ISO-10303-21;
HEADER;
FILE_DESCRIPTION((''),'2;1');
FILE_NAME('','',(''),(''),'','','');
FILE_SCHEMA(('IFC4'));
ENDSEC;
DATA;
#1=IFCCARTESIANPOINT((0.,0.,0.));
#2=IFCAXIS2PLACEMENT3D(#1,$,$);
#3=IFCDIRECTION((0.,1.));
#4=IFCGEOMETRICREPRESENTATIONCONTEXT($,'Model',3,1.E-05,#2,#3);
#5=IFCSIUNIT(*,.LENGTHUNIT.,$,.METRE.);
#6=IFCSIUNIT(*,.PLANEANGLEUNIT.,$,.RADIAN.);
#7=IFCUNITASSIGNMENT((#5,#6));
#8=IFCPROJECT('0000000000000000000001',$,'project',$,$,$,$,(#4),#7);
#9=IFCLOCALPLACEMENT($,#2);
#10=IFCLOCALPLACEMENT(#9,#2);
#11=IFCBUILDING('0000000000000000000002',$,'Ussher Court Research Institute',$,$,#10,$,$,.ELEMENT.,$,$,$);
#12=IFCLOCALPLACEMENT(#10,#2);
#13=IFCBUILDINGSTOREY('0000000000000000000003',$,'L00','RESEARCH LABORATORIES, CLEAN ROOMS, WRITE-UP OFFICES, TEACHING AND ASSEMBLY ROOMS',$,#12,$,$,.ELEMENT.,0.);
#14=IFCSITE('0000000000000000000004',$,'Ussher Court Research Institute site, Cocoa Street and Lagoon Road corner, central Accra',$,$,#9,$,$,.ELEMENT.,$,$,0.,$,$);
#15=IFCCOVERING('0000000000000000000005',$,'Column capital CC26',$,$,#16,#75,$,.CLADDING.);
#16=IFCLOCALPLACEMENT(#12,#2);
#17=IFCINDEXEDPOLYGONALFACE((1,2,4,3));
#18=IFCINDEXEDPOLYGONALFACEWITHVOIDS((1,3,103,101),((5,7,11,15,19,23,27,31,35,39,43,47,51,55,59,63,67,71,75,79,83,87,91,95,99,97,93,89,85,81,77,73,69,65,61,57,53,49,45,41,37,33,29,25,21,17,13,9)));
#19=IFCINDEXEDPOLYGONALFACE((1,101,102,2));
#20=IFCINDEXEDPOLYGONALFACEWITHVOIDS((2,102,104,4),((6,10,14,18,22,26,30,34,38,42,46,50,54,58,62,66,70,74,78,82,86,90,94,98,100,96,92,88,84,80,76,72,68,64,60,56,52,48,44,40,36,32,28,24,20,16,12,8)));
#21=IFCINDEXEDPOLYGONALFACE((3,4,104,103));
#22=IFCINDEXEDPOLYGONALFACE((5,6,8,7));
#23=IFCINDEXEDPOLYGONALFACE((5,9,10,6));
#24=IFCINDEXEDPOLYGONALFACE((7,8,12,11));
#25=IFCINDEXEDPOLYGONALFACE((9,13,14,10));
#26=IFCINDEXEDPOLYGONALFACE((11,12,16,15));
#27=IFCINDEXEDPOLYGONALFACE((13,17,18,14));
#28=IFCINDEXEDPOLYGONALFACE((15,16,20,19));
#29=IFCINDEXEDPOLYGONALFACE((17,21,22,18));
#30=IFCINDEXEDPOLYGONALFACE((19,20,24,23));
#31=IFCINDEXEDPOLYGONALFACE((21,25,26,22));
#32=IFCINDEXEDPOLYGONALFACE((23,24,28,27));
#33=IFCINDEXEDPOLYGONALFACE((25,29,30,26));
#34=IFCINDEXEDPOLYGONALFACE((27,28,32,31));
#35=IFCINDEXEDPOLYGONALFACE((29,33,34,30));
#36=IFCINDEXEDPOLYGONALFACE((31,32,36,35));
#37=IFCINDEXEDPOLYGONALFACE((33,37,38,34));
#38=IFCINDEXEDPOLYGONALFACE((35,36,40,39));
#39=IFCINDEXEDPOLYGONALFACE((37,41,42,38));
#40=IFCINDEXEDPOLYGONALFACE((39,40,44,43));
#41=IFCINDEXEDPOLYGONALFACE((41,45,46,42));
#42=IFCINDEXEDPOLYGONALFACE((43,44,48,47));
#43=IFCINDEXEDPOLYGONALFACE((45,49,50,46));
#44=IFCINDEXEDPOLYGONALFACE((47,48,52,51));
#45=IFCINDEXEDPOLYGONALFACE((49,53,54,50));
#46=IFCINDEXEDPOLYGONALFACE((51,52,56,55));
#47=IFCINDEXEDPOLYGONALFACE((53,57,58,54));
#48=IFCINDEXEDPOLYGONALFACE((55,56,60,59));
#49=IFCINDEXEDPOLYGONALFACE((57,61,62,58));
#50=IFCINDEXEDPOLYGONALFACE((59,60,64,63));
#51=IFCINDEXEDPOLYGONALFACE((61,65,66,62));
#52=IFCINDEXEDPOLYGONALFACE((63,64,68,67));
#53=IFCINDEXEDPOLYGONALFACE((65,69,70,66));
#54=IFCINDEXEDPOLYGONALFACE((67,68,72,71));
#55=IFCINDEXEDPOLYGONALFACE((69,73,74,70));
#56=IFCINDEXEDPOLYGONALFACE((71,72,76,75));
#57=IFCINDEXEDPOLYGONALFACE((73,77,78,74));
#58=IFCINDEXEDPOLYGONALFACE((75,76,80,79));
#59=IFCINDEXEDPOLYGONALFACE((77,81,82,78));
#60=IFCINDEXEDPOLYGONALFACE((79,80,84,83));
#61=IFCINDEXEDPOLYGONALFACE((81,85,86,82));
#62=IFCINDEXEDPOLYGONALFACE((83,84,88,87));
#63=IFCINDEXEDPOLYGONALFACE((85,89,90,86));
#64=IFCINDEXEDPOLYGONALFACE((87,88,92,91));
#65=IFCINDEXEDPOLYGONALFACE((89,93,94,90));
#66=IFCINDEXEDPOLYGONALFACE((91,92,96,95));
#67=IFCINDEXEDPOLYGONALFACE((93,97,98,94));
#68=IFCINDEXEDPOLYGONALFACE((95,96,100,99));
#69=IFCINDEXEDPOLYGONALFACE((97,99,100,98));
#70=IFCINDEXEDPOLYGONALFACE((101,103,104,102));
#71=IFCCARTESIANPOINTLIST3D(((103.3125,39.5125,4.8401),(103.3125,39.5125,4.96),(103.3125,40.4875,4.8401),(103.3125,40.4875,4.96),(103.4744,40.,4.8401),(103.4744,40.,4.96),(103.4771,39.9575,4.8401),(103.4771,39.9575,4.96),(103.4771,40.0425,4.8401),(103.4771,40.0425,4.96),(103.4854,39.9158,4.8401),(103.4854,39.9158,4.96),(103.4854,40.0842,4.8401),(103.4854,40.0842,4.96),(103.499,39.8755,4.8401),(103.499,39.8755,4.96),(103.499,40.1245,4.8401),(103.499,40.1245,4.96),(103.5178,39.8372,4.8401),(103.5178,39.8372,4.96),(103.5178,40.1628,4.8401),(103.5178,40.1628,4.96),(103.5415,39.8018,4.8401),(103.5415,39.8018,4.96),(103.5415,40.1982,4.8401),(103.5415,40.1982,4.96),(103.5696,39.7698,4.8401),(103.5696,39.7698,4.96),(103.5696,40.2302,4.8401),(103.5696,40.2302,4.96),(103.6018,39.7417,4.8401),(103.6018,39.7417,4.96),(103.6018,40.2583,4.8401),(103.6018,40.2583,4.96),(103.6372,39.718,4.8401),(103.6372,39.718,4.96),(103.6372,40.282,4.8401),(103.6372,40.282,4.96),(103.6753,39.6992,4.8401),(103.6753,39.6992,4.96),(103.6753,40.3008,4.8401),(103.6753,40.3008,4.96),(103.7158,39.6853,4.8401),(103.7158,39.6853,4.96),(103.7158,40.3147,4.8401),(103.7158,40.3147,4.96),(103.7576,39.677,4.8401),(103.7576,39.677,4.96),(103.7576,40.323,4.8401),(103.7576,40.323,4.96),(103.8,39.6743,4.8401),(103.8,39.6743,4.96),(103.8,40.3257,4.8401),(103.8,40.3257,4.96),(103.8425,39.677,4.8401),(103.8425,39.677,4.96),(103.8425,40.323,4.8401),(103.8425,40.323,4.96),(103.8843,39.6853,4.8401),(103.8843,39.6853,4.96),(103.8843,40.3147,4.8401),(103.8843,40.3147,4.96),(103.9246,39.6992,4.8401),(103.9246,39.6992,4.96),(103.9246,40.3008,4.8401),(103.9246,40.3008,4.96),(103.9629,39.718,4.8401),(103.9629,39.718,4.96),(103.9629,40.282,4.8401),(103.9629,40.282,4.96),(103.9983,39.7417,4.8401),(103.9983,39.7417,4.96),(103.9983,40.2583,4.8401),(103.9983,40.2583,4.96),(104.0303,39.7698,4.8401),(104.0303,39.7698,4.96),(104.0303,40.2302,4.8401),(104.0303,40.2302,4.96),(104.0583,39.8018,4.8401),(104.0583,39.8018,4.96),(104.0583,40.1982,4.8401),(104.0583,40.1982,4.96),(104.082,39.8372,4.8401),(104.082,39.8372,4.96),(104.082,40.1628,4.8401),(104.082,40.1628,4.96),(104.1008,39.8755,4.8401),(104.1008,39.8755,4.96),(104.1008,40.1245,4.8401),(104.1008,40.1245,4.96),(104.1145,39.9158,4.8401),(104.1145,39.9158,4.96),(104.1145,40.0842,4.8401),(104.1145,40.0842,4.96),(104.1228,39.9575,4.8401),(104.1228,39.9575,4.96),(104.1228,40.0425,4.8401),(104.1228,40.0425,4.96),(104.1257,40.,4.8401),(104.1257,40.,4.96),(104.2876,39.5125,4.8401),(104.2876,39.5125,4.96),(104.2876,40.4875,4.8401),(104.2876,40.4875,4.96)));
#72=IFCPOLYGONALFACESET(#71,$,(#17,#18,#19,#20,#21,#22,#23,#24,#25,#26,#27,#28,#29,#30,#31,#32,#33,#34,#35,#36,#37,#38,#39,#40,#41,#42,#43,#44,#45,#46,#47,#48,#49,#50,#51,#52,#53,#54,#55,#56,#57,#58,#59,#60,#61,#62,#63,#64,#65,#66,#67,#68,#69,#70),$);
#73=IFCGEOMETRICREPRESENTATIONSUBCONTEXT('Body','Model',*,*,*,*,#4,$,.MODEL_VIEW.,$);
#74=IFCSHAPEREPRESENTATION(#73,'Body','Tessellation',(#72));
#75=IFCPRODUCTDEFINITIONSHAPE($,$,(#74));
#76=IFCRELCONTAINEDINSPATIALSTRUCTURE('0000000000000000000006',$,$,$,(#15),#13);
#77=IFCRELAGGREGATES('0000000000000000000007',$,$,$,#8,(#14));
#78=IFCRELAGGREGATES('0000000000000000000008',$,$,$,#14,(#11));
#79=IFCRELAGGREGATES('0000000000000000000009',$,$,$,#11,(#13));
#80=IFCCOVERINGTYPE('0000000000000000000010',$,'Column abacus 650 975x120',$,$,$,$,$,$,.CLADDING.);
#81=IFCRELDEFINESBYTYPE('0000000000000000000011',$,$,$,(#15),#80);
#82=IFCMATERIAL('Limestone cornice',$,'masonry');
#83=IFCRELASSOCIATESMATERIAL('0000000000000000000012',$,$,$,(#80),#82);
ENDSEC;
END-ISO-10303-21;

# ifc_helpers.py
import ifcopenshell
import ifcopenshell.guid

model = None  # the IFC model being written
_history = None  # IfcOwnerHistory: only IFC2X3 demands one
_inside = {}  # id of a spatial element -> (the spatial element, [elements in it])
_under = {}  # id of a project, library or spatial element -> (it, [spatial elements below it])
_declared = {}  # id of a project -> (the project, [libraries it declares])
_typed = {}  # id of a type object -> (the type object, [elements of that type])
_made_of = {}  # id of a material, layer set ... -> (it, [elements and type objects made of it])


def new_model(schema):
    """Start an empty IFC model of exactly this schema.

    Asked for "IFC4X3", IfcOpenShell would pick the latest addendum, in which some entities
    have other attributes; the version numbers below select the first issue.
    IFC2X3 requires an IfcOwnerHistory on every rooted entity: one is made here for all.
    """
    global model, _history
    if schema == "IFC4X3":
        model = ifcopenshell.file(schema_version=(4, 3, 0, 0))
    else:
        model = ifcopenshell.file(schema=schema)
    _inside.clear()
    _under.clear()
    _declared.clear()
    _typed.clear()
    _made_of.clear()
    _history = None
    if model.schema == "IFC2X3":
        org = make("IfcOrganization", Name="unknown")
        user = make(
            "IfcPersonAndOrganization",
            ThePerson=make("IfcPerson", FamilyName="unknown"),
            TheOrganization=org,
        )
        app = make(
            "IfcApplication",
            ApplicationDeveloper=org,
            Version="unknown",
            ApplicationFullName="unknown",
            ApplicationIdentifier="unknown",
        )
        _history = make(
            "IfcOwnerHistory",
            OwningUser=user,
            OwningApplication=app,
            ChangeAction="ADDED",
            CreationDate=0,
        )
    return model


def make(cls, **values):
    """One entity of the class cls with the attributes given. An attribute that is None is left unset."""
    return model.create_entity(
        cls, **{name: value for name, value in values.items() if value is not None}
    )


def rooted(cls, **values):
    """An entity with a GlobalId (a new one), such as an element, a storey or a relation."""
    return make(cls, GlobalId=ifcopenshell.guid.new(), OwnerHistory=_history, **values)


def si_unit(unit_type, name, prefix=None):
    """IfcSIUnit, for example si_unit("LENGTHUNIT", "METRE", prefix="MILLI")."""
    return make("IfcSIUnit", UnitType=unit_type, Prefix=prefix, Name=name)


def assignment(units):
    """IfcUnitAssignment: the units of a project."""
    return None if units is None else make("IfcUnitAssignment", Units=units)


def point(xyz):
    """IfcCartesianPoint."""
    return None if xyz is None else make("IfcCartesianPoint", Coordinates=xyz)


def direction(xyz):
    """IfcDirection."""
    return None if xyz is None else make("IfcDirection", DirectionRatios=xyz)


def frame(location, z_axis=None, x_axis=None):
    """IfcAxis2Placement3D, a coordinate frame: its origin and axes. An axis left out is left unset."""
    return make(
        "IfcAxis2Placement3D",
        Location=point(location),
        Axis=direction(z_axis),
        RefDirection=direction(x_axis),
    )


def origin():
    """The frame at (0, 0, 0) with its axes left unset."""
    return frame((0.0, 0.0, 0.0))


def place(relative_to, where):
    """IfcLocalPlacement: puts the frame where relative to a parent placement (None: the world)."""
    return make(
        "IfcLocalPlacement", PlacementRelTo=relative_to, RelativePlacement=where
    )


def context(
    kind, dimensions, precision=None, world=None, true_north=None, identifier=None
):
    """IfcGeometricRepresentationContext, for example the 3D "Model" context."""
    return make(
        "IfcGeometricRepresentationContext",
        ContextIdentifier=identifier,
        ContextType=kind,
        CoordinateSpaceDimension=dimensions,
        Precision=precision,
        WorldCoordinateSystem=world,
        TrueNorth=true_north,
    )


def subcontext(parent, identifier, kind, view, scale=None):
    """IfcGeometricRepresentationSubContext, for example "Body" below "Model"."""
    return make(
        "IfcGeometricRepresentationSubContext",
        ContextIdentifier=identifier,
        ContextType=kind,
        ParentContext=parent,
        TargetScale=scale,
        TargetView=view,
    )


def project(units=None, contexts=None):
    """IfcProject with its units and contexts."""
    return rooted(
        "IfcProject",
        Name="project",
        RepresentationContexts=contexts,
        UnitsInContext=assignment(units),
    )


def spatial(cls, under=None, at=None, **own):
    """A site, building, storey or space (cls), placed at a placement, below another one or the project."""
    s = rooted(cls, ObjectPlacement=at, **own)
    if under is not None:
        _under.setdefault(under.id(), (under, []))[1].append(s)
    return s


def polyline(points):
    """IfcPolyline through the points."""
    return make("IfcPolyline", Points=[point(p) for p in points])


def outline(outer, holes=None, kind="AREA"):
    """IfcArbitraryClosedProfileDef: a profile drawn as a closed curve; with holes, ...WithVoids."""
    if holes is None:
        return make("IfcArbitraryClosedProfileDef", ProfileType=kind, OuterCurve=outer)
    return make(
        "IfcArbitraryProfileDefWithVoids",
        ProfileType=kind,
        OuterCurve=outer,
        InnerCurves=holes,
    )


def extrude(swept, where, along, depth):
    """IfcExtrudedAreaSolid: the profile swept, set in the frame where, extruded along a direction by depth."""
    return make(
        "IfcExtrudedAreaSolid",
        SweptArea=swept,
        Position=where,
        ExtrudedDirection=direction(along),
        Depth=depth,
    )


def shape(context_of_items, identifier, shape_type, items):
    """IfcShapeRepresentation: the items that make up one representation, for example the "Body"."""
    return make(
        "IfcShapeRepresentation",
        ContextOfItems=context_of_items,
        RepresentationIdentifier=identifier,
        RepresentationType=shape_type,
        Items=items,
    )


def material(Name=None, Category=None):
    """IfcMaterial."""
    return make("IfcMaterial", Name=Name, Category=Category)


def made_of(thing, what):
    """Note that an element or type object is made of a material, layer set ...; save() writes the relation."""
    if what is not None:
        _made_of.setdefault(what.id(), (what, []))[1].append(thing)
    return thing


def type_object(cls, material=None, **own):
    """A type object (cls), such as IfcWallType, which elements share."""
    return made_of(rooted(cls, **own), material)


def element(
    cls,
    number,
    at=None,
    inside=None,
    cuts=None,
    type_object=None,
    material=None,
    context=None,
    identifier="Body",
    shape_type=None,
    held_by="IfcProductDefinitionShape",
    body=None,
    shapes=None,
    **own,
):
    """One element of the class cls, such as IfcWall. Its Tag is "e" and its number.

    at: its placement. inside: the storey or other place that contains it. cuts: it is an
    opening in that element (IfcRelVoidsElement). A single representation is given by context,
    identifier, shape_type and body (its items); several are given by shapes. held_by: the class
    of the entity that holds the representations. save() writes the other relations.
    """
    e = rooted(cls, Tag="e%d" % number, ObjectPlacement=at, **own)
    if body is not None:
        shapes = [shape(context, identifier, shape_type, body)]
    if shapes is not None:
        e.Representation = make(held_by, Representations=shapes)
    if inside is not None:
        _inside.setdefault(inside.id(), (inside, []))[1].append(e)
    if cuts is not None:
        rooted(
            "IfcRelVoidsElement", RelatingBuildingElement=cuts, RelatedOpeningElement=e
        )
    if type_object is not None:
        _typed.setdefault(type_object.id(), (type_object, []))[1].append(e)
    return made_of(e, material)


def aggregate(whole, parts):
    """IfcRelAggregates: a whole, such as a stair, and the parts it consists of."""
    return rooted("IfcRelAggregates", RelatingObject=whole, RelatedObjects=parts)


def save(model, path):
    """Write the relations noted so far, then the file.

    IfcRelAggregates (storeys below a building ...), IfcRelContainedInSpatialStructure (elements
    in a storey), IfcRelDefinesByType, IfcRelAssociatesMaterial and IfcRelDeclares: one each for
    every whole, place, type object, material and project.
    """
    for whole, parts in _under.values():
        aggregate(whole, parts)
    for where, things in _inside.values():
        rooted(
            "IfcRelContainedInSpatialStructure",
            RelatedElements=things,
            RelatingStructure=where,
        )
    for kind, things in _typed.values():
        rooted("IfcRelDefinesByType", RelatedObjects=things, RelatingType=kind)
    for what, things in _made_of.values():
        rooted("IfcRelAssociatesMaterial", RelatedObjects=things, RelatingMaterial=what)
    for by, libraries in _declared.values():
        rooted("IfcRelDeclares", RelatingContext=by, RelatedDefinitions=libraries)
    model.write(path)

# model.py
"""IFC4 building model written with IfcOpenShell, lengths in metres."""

from ifc_helpers import new_model, si_unit, direction, frame, origin, place, context, subcontext, project, spatial, polyline, outline, extrude, material, type_object, element, save


model = new_model("IFC4")

# Units and contexts
model_context = context("Model", 3, precision=1e-05, world=origin(), true_north=direction((0.0, 1.0)))
body_context = subcontext(model_context, "Body", "Model", "MODEL_VIEW")
ifc_project = project(units=[si_unit("LENGTHUNIT", "METRE"), si_unit("PLANEANGLEUNIT", "RADIAN")], contexts=[model_context])

# Site, building, storey
site_placement = place(None, origin())
site = spatial("IfcSite", under=ifc_project, at=site_placement, Name="Ussher Court Research Institute site, Cocoa Street and Lagoon Road corner, central Accra", CompositionType="ELEMENT", RefElevation=0.0)
building_placement = place(site_placement, origin())
building = spatial("IfcBuilding", under=site, at=building_placement, Name="Ussher Court Research Institute", CompositionType="ELEMENT")
storey_placement = place(building_placement, origin())
storey = spatial("IfcBuildingStorey", under=building, at=storey_placement, Name="L00", Description="RESEARCH LABORATORIES, CLEAN ROOMS, WRITE-UP OFFICES, TEACHING AND ASSEMBLY ROOMS", CompositionType="ELEMENT", Elevation=0.0)

# Covering
ifc_material_1 = material(Name="Limestone cornice", Category="masonry")
covering_type_1 = type_object("IfcCoveringType", Name="Column abacus 650 975x120", PredefinedType="CLADDING", material=ifc_material_1)
covering_1_placement = place(storey_placement, frame((0.0, 0.0, 4.8401)))
element("IfcCovering", 1, at=covering_1_placement, inside=storey, type_object=covering_type_1, Name="Column capital CC26", PredefinedType="CLADDING", context=body_context, shape_type="SweptSolid", body=[
    extrude(outline(polyline([(104.2876, 39.5125), (104.2876, 40.4875), (103.3125, 40.4875), (103.3125, 39.5125), (104.2876, 39.5125)]), holes=[polyline([(104.1257, 40.0), (104.1228, 40.0425), (104.1145, 40.0842), (104.1008, 40.1245), (104.082, 40.1628), (104.0583, 40.1982), (104.0303, 40.2302), (103.9983, 40.2583), (103.9629, 40.282), (103.9246, 40.3008), (103.8843, 40.3147), (103.8425, 40.323), (103.8, 40.3257), (103.7576, 40.323), (103.7158, 40.3147), (103.6753, 40.3008), (103.6372, 40.282), (103.6018, 40.2583), (103.5696, 40.2302), (103.5415, 40.1982), (103.5178, 40.1628), (103.499, 40.1245), (103.4854, 40.0842), (103.4771, 40.0425), (103.4744, 40.0), (103.4771, 39.9575), (103.4854, 39.9158), (103.499, 39.8755), (103.5178, 39.8372), (103.5415, 39.8018), (103.5696, 39.7698), (103.6018, 39.7417), (103.6372, 39.718), (103.6753, 39.6992), (103.7158, 39.6853), (103.7576, 39.677), (103.8, 39.6743), (103.8425, 39.677), (103.8843, 39.6853), (103.9246, 39.6992), (103.9629, 39.718), (103.9983, 39.7417), (104.0303, 39.7698), (104.0583, 39.8018), (104.082, 39.8372), (104.1008, 39.8755), (104.1145, 39.9158), (104.1228, 39.9575), (104.1257, 40.0)])]), origin(), (0.0, 0.0, 1.0), 0.1199),
])

save(model, "model.ifc")
